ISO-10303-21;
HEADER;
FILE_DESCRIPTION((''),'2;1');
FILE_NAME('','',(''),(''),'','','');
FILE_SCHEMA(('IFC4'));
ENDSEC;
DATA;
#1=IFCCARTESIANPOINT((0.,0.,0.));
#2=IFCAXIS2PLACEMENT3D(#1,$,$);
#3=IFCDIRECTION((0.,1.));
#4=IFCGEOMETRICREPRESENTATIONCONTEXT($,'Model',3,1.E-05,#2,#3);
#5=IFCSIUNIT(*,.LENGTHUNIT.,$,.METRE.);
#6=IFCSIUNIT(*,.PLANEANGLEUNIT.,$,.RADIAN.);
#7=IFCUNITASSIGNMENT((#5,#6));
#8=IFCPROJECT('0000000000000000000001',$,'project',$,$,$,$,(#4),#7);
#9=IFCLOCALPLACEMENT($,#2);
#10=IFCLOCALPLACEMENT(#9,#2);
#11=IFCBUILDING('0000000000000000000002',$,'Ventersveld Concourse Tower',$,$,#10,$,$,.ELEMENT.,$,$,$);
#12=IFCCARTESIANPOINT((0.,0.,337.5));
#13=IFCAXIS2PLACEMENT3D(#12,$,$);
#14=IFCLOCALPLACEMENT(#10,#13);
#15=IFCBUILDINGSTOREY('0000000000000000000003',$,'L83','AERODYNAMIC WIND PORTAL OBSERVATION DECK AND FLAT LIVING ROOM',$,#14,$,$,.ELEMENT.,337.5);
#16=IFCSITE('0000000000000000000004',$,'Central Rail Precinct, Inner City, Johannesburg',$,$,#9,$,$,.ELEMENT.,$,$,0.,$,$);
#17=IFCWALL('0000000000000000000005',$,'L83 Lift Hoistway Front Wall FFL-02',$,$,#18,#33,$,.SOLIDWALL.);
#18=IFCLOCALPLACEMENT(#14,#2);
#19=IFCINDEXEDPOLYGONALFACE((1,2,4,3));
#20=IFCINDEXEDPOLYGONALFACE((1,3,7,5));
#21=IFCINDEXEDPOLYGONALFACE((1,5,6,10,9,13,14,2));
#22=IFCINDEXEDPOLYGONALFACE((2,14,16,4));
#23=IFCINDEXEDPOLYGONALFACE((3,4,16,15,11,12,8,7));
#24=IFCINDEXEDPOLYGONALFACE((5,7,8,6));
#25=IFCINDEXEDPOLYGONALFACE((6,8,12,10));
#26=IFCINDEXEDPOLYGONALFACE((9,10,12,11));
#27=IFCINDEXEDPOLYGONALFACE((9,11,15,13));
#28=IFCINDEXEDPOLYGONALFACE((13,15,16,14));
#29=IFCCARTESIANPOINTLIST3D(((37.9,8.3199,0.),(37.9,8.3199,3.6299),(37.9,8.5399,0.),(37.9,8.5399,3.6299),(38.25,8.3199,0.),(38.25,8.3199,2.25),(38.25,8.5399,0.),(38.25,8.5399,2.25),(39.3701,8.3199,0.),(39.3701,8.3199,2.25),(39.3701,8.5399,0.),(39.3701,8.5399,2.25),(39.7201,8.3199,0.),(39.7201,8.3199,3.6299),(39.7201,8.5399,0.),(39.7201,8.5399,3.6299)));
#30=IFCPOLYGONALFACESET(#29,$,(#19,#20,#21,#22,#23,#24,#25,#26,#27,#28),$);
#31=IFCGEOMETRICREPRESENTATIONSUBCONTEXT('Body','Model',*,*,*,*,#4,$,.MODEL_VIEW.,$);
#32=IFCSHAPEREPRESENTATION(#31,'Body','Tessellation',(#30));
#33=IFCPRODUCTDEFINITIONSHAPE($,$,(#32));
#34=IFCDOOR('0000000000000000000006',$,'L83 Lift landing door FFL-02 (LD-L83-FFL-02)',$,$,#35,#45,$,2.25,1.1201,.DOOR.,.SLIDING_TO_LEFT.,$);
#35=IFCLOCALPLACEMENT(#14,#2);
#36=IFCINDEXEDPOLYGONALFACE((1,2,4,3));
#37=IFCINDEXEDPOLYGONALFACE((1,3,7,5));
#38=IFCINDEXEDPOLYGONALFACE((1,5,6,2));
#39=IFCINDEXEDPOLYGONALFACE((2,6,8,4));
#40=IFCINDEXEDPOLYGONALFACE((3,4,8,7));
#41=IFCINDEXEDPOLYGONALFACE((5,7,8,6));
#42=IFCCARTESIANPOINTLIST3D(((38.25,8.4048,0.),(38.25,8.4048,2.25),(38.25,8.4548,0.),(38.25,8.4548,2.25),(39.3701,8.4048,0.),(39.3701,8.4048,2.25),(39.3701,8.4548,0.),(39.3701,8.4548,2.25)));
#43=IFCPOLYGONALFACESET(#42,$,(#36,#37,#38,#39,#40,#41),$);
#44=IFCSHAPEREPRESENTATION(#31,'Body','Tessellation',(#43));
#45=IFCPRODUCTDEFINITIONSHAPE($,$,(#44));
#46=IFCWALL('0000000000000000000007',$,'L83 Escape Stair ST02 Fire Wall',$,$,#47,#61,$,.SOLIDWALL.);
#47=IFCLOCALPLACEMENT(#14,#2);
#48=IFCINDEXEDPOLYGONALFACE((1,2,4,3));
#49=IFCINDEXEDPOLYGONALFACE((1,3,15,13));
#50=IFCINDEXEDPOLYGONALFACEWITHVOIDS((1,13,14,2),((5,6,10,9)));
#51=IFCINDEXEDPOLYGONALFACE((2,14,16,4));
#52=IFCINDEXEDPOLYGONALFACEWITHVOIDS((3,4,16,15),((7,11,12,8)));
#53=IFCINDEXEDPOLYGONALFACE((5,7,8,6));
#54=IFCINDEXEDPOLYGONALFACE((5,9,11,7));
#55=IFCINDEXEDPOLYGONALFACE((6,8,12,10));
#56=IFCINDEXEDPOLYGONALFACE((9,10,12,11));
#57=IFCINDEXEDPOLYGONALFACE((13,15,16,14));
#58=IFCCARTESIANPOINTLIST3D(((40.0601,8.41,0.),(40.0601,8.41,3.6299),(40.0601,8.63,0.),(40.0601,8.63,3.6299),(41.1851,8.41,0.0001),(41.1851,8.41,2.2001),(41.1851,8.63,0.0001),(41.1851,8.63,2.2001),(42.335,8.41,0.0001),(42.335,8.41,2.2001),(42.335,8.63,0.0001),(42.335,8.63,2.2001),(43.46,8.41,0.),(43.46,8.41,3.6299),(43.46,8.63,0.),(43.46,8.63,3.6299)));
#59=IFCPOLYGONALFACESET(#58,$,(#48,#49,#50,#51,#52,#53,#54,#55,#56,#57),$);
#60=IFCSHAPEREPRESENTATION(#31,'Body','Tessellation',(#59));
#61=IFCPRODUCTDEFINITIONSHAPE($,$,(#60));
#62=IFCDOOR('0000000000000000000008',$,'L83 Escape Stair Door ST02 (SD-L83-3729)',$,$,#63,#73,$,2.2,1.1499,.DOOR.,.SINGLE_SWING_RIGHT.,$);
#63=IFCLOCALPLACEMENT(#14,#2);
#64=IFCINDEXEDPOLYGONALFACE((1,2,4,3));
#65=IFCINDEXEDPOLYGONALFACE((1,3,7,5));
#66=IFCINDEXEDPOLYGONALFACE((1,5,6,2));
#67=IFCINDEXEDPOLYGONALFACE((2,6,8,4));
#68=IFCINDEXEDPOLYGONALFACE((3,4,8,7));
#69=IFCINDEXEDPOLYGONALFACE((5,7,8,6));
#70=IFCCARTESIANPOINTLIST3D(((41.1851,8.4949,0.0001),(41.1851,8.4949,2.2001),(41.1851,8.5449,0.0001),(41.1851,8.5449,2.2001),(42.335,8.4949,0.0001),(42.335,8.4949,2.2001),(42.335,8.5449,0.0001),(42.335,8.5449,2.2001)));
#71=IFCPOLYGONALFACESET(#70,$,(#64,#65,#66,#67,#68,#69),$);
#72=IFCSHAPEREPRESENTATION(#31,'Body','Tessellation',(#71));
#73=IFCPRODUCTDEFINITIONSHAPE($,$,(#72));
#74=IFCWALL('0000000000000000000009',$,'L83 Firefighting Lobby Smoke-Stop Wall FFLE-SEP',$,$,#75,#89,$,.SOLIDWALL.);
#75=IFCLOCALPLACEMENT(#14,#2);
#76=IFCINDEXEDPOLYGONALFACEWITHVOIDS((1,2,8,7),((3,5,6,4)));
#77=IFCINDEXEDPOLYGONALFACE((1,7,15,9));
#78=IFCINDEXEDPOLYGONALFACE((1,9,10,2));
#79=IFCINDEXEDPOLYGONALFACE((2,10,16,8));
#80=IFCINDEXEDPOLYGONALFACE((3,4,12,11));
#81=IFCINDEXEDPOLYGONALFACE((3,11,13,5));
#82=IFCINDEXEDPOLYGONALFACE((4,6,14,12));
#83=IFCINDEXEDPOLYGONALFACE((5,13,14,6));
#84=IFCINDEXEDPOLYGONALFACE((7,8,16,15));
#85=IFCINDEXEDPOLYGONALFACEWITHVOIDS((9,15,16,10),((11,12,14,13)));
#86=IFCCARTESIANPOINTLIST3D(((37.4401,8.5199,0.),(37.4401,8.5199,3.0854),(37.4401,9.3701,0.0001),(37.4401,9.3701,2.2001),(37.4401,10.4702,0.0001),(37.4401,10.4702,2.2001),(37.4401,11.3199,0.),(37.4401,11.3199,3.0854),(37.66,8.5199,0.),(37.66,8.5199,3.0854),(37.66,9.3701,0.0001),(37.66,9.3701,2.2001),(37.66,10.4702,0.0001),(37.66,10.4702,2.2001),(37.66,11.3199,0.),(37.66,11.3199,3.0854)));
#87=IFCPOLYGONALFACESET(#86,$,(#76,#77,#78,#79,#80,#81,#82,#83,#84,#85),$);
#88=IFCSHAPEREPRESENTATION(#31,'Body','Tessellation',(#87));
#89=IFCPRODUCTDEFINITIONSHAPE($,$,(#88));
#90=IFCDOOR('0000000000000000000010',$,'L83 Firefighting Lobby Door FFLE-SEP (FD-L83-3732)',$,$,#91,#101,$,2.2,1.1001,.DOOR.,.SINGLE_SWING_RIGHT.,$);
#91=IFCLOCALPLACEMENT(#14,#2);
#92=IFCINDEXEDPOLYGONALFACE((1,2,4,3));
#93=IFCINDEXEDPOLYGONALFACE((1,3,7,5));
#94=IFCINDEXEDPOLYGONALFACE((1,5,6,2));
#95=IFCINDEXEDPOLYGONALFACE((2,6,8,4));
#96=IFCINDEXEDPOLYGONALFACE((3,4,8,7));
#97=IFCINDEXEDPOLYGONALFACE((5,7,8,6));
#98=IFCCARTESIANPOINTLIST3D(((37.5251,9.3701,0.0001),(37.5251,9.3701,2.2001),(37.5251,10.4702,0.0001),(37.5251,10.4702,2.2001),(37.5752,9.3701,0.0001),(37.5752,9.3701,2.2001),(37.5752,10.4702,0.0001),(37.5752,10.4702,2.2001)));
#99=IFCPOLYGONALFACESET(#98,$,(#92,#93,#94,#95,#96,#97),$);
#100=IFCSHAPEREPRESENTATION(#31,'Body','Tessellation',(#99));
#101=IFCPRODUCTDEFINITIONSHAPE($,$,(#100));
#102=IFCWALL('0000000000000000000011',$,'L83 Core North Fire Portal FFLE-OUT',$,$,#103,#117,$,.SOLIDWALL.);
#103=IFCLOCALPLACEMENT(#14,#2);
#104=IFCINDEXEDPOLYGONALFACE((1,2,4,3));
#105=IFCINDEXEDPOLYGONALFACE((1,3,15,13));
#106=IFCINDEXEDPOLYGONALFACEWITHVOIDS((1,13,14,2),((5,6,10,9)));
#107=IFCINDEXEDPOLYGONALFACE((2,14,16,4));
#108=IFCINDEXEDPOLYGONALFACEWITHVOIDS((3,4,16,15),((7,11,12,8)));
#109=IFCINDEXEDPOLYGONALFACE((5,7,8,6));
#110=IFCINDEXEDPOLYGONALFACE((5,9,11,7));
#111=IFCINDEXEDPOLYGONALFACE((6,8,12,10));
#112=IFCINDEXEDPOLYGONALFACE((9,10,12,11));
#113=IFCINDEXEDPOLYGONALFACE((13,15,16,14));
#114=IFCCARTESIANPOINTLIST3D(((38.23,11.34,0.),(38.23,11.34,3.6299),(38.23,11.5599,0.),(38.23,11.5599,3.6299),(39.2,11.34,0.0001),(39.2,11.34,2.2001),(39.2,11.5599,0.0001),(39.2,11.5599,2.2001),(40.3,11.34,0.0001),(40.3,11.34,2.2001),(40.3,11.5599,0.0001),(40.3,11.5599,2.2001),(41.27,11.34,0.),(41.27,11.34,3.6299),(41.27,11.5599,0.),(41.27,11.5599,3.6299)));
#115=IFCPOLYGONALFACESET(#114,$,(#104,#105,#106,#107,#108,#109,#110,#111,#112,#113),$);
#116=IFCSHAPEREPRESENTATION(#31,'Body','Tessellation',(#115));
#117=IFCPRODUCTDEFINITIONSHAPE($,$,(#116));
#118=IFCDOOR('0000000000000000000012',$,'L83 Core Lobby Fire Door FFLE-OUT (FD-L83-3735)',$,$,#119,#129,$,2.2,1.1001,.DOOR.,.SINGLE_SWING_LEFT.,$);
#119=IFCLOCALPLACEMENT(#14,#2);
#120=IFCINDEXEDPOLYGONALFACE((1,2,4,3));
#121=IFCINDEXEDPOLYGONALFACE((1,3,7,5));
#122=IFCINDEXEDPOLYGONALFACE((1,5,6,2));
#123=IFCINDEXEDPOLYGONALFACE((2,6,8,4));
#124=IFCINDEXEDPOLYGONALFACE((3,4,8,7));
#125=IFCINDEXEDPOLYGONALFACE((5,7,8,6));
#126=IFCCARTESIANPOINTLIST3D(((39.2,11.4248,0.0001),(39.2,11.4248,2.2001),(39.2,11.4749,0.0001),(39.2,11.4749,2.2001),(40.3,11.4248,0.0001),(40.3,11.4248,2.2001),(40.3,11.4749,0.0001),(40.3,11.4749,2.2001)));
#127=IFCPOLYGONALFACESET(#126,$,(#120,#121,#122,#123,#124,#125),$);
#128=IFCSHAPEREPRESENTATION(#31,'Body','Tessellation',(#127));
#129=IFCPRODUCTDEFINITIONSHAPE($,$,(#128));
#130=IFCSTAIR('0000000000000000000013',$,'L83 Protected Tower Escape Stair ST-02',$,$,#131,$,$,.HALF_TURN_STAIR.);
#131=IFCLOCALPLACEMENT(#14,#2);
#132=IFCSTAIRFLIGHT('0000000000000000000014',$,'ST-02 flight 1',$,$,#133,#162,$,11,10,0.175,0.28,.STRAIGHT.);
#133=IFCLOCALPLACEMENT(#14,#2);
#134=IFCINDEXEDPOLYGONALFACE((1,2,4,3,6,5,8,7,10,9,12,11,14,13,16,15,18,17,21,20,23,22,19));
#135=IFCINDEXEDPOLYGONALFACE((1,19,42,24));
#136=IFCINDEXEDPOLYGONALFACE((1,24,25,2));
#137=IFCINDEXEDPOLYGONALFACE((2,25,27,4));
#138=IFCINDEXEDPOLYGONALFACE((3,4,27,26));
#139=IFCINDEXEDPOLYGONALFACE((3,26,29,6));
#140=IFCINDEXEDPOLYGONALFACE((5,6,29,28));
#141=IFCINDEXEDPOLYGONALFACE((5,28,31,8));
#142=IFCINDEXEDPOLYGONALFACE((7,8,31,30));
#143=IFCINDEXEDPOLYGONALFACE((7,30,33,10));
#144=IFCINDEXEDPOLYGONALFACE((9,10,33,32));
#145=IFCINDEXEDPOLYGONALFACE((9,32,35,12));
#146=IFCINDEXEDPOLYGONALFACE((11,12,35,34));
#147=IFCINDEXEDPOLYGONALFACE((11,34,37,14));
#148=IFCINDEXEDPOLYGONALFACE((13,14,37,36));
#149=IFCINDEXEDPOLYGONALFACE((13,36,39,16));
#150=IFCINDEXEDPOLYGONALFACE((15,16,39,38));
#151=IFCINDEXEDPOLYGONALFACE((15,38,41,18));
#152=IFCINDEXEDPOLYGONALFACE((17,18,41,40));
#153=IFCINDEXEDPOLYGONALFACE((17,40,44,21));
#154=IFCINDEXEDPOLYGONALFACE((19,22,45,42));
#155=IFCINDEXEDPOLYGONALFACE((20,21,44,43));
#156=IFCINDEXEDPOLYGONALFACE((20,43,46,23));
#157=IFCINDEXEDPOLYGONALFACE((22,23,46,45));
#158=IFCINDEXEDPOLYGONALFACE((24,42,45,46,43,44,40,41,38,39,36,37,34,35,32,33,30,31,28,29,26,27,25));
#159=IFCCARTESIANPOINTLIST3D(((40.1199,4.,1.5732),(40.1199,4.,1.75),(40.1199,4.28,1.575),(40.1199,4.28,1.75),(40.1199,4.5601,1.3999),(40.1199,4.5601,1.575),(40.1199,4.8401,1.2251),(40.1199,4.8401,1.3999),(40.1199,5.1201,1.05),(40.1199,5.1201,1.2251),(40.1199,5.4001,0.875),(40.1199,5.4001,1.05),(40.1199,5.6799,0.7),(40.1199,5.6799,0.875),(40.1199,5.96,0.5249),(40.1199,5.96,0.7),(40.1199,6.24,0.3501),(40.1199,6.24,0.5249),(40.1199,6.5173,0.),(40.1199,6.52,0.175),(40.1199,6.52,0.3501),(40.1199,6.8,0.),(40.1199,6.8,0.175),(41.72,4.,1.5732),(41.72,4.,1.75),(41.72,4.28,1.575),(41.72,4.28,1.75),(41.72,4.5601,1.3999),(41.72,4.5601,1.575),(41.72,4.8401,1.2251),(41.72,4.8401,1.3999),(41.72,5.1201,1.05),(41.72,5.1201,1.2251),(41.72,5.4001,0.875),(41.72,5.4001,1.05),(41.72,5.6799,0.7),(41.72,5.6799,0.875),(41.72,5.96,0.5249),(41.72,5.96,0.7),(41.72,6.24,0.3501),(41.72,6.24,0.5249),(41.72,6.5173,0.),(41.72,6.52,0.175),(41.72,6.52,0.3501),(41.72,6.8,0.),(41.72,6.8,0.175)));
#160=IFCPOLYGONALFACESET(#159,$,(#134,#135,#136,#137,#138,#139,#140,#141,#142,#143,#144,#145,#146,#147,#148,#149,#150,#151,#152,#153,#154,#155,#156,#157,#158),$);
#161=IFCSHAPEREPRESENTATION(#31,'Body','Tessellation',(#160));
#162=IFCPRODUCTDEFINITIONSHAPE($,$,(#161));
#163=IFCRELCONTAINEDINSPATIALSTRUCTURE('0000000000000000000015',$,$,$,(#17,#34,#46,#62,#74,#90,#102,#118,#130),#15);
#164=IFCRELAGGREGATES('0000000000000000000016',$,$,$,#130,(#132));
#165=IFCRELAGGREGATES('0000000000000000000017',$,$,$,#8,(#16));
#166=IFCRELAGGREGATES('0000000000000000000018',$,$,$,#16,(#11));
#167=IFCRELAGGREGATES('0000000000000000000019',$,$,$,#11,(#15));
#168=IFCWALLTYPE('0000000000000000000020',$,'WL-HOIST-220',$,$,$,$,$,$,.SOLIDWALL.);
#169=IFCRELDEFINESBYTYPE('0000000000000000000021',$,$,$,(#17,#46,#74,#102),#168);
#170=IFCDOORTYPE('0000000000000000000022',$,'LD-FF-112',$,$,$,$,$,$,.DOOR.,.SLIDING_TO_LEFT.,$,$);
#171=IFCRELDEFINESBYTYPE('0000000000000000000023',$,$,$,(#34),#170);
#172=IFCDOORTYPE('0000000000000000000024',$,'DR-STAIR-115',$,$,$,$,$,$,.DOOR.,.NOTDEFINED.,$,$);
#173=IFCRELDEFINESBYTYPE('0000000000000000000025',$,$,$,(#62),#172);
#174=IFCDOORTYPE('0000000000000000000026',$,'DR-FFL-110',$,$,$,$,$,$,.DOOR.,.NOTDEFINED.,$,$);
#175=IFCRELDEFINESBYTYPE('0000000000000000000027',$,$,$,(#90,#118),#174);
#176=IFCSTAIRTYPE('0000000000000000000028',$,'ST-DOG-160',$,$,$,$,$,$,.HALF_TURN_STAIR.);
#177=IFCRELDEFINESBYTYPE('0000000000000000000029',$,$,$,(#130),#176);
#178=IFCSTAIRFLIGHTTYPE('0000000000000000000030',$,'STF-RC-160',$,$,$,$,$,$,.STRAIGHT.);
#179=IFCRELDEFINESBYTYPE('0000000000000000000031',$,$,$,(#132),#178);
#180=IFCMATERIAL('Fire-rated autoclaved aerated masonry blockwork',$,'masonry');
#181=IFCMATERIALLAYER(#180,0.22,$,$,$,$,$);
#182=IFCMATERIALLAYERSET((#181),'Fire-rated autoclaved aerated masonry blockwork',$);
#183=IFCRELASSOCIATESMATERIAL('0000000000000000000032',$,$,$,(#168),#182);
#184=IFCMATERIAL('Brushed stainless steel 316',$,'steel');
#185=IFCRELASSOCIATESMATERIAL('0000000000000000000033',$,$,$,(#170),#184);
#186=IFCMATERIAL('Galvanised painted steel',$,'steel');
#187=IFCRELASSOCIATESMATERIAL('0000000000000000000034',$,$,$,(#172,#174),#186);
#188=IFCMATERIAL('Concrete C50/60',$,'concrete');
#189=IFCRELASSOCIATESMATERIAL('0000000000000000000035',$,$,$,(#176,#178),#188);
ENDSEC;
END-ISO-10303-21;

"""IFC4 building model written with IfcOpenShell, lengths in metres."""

from ifc_helpers import new_model, si_unit, direction, frame, frame_2d, origin, place, context, subcontext, project, spatial, polyline, rectangle, outline, extrude, material, layer, layer_set, type_object, element, fill, aggregate, save


model = new_model("IFC4")

# Units and contexts
model_context = context("Model", 3, precision=1e-05, world=origin(), true_north=direction((0.0, 1.0)))
body_context = subcontext(model_context, "Body", "Model", "MODEL_VIEW")
ifc_project = project(units=[si_unit("LENGTHUNIT", "METRE"), si_unit("PLANEANGLEUNIT", "RADIAN")], contexts=[model_context])

# Site, building, storey
site_placement = place(None, origin())
site = spatial("IfcSite", under=ifc_project, at=site_placement, Name="Central Rail Precinct, Inner City, Johannesburg", CompositionType="ELEMENT", RefElevation=0.0)
building_placement = place(site_placement, origin())
building = spatial("IfcBuilding", under=site, at=building_placement, Name="Ventersveld Concourse Tower", CompositionType="ELEMENT")
storey_placement = place(building_placement, frame((0.0, 0.0, 337.5)))
storey = spatial("IfcBuildingStorey", under=building, at=storey_placement, Name="L83", Description="AERODYNAMIC WIND PORTAL OBSERVATION DECK AND FLAT LIVING ROOM", CompositionType="ELEMENT", Elevation=337.5)

# Shared definitions
ifc_material_1 = material(Name="Concrete C50/60", Category="concrete")

# Shared definitions
ifc_material_2 = material(Name="Fire-rated autoclaved aerated masonry blockwork", Category="masonry")

# Shared definitions
ifc_layer_1 = layer(ifc_material_2, 0.22)
ifc_layer_set_1 = layer_set([ifc_layer_1], Name="Fire-rated autoclaved aerated masonry blockwork")
wall_type_1 = type_object("IfcWallType", Name="WL-HOIST-220", PredefinedType="SOLIDWALL", material=ifc_layer_set_1)

# Walls, openings, doors
wall_1_placement = place(storey_placement, frame((37.8999, 8.4299, 0.0), z_axis=(0.0, 0.0, 1.0), x_axis=(1.0, 0.0, 0.0)))
wall_1 = element("IfcWall", 1, at=wall_1_placement, inside=storey, type_object=wall_type_1, Name="L83 Lift Hoistway Front Wall FFL-02", PredefinedType="SOLIDWALL", context=body_context, shape_type="SweptSolid", body=[
    extrude(rectangle(XDim=1.8201, YDim=0.22, at=frame_2d((0.9102, 0.0))), origin(), (0.0, 0.0, 1.0), 3.6299),
])
opening_1_placement = place(wall_1_placement, frame((0.3501, 0.0, 0.0)))
opening_1 = element("IfcOpeningElement", 2, at=opening_1_placement, cuts=wall_1, PredefinedType="OPENING", context=body_context, shape_type="SweptSolid", body=[
    extrude(rectangle(XDim=1.1201, YDim=2.25, at=frame_2d((0.5601, 1.125))), frame((0.0, 0.1201, 0.0), z_axis=(0.0, -1.0, 0.0), x_axis=(1.0, 0.0, 0.0)), (0.0, 0.0, 1.0), 0.24),
])
ifc_material_3 = material(Name="Brushed stainless steel 316", Category="steel")
door_type_1 = type_object("IfcDoorType", Name="LD-FF-112", OperationType="SLIDING_TO_LEFT", PredefinedType="DOOR", material=ifc_material_3)
door_1_placement = place(opening_1_placement, origin())
door_1 = element("IfcDoor", 3, at=door_1_placement, inside=storey, type_object=door_type_1, Name="L83 Lift landing door FFL-02 (LD-L83-FFL-02)", OperationType="SLIDING_TO_LEFT", OverallHeight=2.25, OverallWidth=1.1201, PredefinedType="DOOR", context=body_context, shape_type="SweptSolid", body=[
    extrude(rectangle(XDim=1.1201, YDim=2.25, at=frame_2d((0.5601, 1.125))), frame((0.0, 0.0249, 0.0), z_axis=(0.0, -1.0, 0.0), x_axis=(1.0, 0.0, 0.0)), (0.0, 0.0, 1.0), 0.05),
])
fill(opening_1, door_1)
wall_2_placement = place(storey_placement, frame((40.0601, 8.52, 0.0), z_axis=(0.0, 0.0, 1.0), x_axis=(1.0, 0.0, 0.0)))
wall_2 = element("IfcWall", 4, at=wall_2_placement, inside=storey, type_object=wall_type_1, Name="L83 Escape Stair ST02 Fire Wall", PredefinedType="SOLIDWALL", context=body_context, shape_type="SweptSolid", body=[
    extrude(rectangle(XDim=3.3999, YDim=0.22, at=frame_2d((1.7, 0.0))), origin(), (0.0, 0.0, 1.0), 3.6299),
])
opening_2_placement = place(wall_2_placement, frame((1.125, 0.0, 0.0)))
opening_2 = element("IfcOpeningElement", 5, at=opening_2_placement, cuts=wall_2, PredefinedType="OPENING", context=body_context, shape_type="SweptSolid", body=[
    extrude(rectangle(XDim=1.1499, YDim=2.2, at=frame_2d((0.575, 1.1001))), frame((0.0, 0.1201, 0.0), z_axis=(0.0, -1.0, 0.0), x_axis=(1.0, 0.0, 0.0)), (0.0, 0.0, 1.0), 0.24),
])
ifc_material_4 = material(Name="Galvanised painted steel", Category="steel")
door_type_2 = type_object("IfcDoorType", Name="DR-STAIR-115", OperationType="NOTDEFINED", PredefinedType="DOOR", material=ifc_material_4)
door_2_placement = place(opening_2_placement, origin())
door_2 = element("IfcDoor", 6, at=door_2_placement, inside=storey, type_object=door_type_2, Name="L83 Escape Stair Door ST02 (SD-L83-3729)", OperationType="SINGLE_SWING_RIGHT", OverallHeight=2.2, OverallWidth=1.1499, PredefinedType="DOOR", context=body_context, shape_type="SweptSolid", body=[
    extrude(rectangle(XDim=1.1499, YDim=2.2, at=frame_2d((0.575, 1.1001))), frame((0.0, 0.0249, 0.0), z_axis=(0.0, -1.0, 0.0), x_axis=(1.0, 0.0, 0.0)), (0.0, 0.0, 1.0), 0.05),
])
fill(opening_2, door_2)
wall_3_placement = place(storey_placement, frame((37.55, 8.52, 0.0), z_axis=(0.0, 0.0, 1.0), x_axis=(0.0, 1.0, 0.0)))
wall_3 = element("IfcWall", 7, at=wall_3_placement, inside=storey, type_object=wall_type_1, Name="L83 Firefighting Lobby Smoke-Stop Wall FFLE-SEP", PredefinedType="SOLIDWALL", context=body_context, shape_type="SweptSolid", body=[
    extrude(rectangle(XDim=2.8, YDim=0.22, at=frame_2d((1.3999, 0.0))), origin(), (0.0, 0.0, 1.0), 3.0854),
])
opening_3_placement = place(wall_3_placement, frame((0.8501, 0.0, 0.0)))
opening_3 = element("IfcOpeningElement", 8, at=opening_3_placement, cuts=wall_3, PredefinedType="OPENING", context=body_context, shape_type="SweptSolid", body=[
    extrude(rectangle(XDim=1.1001, YDim=2.2, at=frame_2d((0.55, 1.1001))), frame((0.0, 0.1201, 0.0), z_axis=(0.0, -1.0, 0.0), x_axis=(1.0, 0.0, 0.0)), (0.0, 0.0, 1.0), 0.24),
])
door_type_3 = type_object("IfcDoorType", Name="DR-FFL-110", OperationType="NOTDEFINED", PredefinedType="DOOR", material=ifc_material_4)
door_3_placement = place(opening_3_placement, origin())
door_3 = element("IfcDoor", 9, at=door_3_placement, inside=storey, type_object=door_type_3, Name="L83 Firefighting Lobby Door FFLE-SEP (FD-L83-3732)", OperationType="SINGLE_SWING_RIGHT", OverallHeight=2.2, OverallWidth=1.1001, PredefinedType="DOOR", context=body_context, shape_type="SweptSolid", body=[
    extrude(rectangle(XDim=1.1001, YDim=2.2, at=frame_2d((0.55, 1.1001))), frame((0.0, 0.0249, 0.0), z_axis=(0.0, -1.0, 0.0), x_axis=(1.0, 0.0, 0.0)), (0.0, 0.0, 1.0), 0.05),
])
fill(opening_3, door_3)
wall_4_placement = place(storey_placement, frame((38.23, 11.45, 0.0), z_axis=(0.0, 0.0, 1.0), x_axis=(1.0, 0.0, 0.0)))
wall_4 = element("IfcWall", 10, at=wall_4_placement, inside=storey, type_object=wall_type_1, Name="L83 Core North Fire Portal FFLE-OUT", PredefinedType="SOLIDWALL", context=body_context, shape_type="SweptSolid", body=[
    extrude(rectangle(XDim=3.04, YDim=0.22, at=frame_2d((1.52, 0.0))), origin(), (0.0, 0.0, 1.0), 3.6299),
])
opening_4_placement = place(wall_4_placement, frame((0.97, 0.0, 0.0)))
opening_4 = element("IfcOpeningElement", 11, at=opening_4_placement, cuts=wall_4, PredefinedType="OPENING", context=body_context, shape_type="SweptSolid", body=[
    extrude(rectangle(XDim=1.1001, YDim=2.2, at=frame_2d((0.55, 1.1001))), frame((0.0, 0.1201, 0.0), z_axis=(0.0, -1.0, 0.0), x_axis=(1.0, 0.0, 0.0)), (0.0, 0.0, 1.0), 0.24),
])
door_4_placement = place(opening_4_placement, origin())
door_4 = element("IfcDoor", 12, at=door_4_placement, inside=storey, type_object=door_type_3, Name="L83 Core Lobby Fire Door FFLE-OUT (FD-L83-3735)", OperationType="SINGLE_SWING_LEFT", OverallHeight=2.2, OverallWidth=1.1001, PredefinedType="DOOR", context=body_context, shape_type="SweptSolid", body=[
    extrude(rectangle(XDim=1.1001, YDim=2.2, at=frame_2d((0.55, 1.1001))), frame((0.0, 0.0249, 0.0), z_axis=(0.0, -1.0, 0.0), x_axis=(1.0, 0.0, 0.0)), (0.0, 0.0, 1.0), 0.05),
])
fill(opening_4, door_4)

# Stair, stair flight
stair_type = type_object("IfcStairType", Name="ST-DOG-160", PredefinedType="HALF_TURN_STAIR", material=ifc_material_1)
stair_placement = place(storey_placement, origin())
stair = element("IfcStair", 13, at=stair_placement, inside=storey, type_object=stair_type, Name="L83 Protected Tower Escape Stair ST-02", PredefinedType="HALF_TURN_STAIR")
stair_flight_type = type_object("IfcStairFlightType", Name="STF-RC-160", PredefinedType="STRAIGHT", material=ifc_material_1)
stair_flight_placement = place(storey_placement, frame((40.9199, 6.8, 0.0), z_axis=(0.0, 0.0, 1.0), x_axis=(0.0, -1.0, 0.0)))
stair_flight = element("IfcStairFlight", 14, at=stair_flight_placement, type_object=stair_flight_type, Name="ST-02 flight 1", NumberOfRisers=11, NumberOfTreads=10, PredefinedType="STRAIGHT", RiserHeight=0.175, TreadLength=0.28, context=body_context, shape_type="SweptSolid", body=[
    extrude(outline(polyline([(0.0, 0.0), (0.0, 0.175), (0.28, 0.175), (0.28, 0.3501), (0.5601, 0.3501), (0.5601, 0.5249), (0.8401, 0.5249), (0.8401, 0.7), (1.1201, 0.7), (1.1201, 0.875), (1.3999, 0.875), (1.3999, 1.05), (1.6799, 1.05), (1.6799, 1.2251), (1.96, 1.2251), (1.96, 1.3999), (2.24, 1.3999), (2.24, 1.575), (2.52, 1.575), (2.52, 1.75), (2.8, 1.75), (2.8, 1.925), (2.8, 1.5732), (0.2827, 0.0), (0.0, 0.0)])), frame((0.0, 0.8, 0.0), z_axis=(0.0, -1.0, 0.0), x_axis=(1.0, 0.0, 0.0)), (0.0, 0.0, 1.0), 1.6001),
])
aggregate(stair, [stair_flight])

save(model, "model.ifc")
